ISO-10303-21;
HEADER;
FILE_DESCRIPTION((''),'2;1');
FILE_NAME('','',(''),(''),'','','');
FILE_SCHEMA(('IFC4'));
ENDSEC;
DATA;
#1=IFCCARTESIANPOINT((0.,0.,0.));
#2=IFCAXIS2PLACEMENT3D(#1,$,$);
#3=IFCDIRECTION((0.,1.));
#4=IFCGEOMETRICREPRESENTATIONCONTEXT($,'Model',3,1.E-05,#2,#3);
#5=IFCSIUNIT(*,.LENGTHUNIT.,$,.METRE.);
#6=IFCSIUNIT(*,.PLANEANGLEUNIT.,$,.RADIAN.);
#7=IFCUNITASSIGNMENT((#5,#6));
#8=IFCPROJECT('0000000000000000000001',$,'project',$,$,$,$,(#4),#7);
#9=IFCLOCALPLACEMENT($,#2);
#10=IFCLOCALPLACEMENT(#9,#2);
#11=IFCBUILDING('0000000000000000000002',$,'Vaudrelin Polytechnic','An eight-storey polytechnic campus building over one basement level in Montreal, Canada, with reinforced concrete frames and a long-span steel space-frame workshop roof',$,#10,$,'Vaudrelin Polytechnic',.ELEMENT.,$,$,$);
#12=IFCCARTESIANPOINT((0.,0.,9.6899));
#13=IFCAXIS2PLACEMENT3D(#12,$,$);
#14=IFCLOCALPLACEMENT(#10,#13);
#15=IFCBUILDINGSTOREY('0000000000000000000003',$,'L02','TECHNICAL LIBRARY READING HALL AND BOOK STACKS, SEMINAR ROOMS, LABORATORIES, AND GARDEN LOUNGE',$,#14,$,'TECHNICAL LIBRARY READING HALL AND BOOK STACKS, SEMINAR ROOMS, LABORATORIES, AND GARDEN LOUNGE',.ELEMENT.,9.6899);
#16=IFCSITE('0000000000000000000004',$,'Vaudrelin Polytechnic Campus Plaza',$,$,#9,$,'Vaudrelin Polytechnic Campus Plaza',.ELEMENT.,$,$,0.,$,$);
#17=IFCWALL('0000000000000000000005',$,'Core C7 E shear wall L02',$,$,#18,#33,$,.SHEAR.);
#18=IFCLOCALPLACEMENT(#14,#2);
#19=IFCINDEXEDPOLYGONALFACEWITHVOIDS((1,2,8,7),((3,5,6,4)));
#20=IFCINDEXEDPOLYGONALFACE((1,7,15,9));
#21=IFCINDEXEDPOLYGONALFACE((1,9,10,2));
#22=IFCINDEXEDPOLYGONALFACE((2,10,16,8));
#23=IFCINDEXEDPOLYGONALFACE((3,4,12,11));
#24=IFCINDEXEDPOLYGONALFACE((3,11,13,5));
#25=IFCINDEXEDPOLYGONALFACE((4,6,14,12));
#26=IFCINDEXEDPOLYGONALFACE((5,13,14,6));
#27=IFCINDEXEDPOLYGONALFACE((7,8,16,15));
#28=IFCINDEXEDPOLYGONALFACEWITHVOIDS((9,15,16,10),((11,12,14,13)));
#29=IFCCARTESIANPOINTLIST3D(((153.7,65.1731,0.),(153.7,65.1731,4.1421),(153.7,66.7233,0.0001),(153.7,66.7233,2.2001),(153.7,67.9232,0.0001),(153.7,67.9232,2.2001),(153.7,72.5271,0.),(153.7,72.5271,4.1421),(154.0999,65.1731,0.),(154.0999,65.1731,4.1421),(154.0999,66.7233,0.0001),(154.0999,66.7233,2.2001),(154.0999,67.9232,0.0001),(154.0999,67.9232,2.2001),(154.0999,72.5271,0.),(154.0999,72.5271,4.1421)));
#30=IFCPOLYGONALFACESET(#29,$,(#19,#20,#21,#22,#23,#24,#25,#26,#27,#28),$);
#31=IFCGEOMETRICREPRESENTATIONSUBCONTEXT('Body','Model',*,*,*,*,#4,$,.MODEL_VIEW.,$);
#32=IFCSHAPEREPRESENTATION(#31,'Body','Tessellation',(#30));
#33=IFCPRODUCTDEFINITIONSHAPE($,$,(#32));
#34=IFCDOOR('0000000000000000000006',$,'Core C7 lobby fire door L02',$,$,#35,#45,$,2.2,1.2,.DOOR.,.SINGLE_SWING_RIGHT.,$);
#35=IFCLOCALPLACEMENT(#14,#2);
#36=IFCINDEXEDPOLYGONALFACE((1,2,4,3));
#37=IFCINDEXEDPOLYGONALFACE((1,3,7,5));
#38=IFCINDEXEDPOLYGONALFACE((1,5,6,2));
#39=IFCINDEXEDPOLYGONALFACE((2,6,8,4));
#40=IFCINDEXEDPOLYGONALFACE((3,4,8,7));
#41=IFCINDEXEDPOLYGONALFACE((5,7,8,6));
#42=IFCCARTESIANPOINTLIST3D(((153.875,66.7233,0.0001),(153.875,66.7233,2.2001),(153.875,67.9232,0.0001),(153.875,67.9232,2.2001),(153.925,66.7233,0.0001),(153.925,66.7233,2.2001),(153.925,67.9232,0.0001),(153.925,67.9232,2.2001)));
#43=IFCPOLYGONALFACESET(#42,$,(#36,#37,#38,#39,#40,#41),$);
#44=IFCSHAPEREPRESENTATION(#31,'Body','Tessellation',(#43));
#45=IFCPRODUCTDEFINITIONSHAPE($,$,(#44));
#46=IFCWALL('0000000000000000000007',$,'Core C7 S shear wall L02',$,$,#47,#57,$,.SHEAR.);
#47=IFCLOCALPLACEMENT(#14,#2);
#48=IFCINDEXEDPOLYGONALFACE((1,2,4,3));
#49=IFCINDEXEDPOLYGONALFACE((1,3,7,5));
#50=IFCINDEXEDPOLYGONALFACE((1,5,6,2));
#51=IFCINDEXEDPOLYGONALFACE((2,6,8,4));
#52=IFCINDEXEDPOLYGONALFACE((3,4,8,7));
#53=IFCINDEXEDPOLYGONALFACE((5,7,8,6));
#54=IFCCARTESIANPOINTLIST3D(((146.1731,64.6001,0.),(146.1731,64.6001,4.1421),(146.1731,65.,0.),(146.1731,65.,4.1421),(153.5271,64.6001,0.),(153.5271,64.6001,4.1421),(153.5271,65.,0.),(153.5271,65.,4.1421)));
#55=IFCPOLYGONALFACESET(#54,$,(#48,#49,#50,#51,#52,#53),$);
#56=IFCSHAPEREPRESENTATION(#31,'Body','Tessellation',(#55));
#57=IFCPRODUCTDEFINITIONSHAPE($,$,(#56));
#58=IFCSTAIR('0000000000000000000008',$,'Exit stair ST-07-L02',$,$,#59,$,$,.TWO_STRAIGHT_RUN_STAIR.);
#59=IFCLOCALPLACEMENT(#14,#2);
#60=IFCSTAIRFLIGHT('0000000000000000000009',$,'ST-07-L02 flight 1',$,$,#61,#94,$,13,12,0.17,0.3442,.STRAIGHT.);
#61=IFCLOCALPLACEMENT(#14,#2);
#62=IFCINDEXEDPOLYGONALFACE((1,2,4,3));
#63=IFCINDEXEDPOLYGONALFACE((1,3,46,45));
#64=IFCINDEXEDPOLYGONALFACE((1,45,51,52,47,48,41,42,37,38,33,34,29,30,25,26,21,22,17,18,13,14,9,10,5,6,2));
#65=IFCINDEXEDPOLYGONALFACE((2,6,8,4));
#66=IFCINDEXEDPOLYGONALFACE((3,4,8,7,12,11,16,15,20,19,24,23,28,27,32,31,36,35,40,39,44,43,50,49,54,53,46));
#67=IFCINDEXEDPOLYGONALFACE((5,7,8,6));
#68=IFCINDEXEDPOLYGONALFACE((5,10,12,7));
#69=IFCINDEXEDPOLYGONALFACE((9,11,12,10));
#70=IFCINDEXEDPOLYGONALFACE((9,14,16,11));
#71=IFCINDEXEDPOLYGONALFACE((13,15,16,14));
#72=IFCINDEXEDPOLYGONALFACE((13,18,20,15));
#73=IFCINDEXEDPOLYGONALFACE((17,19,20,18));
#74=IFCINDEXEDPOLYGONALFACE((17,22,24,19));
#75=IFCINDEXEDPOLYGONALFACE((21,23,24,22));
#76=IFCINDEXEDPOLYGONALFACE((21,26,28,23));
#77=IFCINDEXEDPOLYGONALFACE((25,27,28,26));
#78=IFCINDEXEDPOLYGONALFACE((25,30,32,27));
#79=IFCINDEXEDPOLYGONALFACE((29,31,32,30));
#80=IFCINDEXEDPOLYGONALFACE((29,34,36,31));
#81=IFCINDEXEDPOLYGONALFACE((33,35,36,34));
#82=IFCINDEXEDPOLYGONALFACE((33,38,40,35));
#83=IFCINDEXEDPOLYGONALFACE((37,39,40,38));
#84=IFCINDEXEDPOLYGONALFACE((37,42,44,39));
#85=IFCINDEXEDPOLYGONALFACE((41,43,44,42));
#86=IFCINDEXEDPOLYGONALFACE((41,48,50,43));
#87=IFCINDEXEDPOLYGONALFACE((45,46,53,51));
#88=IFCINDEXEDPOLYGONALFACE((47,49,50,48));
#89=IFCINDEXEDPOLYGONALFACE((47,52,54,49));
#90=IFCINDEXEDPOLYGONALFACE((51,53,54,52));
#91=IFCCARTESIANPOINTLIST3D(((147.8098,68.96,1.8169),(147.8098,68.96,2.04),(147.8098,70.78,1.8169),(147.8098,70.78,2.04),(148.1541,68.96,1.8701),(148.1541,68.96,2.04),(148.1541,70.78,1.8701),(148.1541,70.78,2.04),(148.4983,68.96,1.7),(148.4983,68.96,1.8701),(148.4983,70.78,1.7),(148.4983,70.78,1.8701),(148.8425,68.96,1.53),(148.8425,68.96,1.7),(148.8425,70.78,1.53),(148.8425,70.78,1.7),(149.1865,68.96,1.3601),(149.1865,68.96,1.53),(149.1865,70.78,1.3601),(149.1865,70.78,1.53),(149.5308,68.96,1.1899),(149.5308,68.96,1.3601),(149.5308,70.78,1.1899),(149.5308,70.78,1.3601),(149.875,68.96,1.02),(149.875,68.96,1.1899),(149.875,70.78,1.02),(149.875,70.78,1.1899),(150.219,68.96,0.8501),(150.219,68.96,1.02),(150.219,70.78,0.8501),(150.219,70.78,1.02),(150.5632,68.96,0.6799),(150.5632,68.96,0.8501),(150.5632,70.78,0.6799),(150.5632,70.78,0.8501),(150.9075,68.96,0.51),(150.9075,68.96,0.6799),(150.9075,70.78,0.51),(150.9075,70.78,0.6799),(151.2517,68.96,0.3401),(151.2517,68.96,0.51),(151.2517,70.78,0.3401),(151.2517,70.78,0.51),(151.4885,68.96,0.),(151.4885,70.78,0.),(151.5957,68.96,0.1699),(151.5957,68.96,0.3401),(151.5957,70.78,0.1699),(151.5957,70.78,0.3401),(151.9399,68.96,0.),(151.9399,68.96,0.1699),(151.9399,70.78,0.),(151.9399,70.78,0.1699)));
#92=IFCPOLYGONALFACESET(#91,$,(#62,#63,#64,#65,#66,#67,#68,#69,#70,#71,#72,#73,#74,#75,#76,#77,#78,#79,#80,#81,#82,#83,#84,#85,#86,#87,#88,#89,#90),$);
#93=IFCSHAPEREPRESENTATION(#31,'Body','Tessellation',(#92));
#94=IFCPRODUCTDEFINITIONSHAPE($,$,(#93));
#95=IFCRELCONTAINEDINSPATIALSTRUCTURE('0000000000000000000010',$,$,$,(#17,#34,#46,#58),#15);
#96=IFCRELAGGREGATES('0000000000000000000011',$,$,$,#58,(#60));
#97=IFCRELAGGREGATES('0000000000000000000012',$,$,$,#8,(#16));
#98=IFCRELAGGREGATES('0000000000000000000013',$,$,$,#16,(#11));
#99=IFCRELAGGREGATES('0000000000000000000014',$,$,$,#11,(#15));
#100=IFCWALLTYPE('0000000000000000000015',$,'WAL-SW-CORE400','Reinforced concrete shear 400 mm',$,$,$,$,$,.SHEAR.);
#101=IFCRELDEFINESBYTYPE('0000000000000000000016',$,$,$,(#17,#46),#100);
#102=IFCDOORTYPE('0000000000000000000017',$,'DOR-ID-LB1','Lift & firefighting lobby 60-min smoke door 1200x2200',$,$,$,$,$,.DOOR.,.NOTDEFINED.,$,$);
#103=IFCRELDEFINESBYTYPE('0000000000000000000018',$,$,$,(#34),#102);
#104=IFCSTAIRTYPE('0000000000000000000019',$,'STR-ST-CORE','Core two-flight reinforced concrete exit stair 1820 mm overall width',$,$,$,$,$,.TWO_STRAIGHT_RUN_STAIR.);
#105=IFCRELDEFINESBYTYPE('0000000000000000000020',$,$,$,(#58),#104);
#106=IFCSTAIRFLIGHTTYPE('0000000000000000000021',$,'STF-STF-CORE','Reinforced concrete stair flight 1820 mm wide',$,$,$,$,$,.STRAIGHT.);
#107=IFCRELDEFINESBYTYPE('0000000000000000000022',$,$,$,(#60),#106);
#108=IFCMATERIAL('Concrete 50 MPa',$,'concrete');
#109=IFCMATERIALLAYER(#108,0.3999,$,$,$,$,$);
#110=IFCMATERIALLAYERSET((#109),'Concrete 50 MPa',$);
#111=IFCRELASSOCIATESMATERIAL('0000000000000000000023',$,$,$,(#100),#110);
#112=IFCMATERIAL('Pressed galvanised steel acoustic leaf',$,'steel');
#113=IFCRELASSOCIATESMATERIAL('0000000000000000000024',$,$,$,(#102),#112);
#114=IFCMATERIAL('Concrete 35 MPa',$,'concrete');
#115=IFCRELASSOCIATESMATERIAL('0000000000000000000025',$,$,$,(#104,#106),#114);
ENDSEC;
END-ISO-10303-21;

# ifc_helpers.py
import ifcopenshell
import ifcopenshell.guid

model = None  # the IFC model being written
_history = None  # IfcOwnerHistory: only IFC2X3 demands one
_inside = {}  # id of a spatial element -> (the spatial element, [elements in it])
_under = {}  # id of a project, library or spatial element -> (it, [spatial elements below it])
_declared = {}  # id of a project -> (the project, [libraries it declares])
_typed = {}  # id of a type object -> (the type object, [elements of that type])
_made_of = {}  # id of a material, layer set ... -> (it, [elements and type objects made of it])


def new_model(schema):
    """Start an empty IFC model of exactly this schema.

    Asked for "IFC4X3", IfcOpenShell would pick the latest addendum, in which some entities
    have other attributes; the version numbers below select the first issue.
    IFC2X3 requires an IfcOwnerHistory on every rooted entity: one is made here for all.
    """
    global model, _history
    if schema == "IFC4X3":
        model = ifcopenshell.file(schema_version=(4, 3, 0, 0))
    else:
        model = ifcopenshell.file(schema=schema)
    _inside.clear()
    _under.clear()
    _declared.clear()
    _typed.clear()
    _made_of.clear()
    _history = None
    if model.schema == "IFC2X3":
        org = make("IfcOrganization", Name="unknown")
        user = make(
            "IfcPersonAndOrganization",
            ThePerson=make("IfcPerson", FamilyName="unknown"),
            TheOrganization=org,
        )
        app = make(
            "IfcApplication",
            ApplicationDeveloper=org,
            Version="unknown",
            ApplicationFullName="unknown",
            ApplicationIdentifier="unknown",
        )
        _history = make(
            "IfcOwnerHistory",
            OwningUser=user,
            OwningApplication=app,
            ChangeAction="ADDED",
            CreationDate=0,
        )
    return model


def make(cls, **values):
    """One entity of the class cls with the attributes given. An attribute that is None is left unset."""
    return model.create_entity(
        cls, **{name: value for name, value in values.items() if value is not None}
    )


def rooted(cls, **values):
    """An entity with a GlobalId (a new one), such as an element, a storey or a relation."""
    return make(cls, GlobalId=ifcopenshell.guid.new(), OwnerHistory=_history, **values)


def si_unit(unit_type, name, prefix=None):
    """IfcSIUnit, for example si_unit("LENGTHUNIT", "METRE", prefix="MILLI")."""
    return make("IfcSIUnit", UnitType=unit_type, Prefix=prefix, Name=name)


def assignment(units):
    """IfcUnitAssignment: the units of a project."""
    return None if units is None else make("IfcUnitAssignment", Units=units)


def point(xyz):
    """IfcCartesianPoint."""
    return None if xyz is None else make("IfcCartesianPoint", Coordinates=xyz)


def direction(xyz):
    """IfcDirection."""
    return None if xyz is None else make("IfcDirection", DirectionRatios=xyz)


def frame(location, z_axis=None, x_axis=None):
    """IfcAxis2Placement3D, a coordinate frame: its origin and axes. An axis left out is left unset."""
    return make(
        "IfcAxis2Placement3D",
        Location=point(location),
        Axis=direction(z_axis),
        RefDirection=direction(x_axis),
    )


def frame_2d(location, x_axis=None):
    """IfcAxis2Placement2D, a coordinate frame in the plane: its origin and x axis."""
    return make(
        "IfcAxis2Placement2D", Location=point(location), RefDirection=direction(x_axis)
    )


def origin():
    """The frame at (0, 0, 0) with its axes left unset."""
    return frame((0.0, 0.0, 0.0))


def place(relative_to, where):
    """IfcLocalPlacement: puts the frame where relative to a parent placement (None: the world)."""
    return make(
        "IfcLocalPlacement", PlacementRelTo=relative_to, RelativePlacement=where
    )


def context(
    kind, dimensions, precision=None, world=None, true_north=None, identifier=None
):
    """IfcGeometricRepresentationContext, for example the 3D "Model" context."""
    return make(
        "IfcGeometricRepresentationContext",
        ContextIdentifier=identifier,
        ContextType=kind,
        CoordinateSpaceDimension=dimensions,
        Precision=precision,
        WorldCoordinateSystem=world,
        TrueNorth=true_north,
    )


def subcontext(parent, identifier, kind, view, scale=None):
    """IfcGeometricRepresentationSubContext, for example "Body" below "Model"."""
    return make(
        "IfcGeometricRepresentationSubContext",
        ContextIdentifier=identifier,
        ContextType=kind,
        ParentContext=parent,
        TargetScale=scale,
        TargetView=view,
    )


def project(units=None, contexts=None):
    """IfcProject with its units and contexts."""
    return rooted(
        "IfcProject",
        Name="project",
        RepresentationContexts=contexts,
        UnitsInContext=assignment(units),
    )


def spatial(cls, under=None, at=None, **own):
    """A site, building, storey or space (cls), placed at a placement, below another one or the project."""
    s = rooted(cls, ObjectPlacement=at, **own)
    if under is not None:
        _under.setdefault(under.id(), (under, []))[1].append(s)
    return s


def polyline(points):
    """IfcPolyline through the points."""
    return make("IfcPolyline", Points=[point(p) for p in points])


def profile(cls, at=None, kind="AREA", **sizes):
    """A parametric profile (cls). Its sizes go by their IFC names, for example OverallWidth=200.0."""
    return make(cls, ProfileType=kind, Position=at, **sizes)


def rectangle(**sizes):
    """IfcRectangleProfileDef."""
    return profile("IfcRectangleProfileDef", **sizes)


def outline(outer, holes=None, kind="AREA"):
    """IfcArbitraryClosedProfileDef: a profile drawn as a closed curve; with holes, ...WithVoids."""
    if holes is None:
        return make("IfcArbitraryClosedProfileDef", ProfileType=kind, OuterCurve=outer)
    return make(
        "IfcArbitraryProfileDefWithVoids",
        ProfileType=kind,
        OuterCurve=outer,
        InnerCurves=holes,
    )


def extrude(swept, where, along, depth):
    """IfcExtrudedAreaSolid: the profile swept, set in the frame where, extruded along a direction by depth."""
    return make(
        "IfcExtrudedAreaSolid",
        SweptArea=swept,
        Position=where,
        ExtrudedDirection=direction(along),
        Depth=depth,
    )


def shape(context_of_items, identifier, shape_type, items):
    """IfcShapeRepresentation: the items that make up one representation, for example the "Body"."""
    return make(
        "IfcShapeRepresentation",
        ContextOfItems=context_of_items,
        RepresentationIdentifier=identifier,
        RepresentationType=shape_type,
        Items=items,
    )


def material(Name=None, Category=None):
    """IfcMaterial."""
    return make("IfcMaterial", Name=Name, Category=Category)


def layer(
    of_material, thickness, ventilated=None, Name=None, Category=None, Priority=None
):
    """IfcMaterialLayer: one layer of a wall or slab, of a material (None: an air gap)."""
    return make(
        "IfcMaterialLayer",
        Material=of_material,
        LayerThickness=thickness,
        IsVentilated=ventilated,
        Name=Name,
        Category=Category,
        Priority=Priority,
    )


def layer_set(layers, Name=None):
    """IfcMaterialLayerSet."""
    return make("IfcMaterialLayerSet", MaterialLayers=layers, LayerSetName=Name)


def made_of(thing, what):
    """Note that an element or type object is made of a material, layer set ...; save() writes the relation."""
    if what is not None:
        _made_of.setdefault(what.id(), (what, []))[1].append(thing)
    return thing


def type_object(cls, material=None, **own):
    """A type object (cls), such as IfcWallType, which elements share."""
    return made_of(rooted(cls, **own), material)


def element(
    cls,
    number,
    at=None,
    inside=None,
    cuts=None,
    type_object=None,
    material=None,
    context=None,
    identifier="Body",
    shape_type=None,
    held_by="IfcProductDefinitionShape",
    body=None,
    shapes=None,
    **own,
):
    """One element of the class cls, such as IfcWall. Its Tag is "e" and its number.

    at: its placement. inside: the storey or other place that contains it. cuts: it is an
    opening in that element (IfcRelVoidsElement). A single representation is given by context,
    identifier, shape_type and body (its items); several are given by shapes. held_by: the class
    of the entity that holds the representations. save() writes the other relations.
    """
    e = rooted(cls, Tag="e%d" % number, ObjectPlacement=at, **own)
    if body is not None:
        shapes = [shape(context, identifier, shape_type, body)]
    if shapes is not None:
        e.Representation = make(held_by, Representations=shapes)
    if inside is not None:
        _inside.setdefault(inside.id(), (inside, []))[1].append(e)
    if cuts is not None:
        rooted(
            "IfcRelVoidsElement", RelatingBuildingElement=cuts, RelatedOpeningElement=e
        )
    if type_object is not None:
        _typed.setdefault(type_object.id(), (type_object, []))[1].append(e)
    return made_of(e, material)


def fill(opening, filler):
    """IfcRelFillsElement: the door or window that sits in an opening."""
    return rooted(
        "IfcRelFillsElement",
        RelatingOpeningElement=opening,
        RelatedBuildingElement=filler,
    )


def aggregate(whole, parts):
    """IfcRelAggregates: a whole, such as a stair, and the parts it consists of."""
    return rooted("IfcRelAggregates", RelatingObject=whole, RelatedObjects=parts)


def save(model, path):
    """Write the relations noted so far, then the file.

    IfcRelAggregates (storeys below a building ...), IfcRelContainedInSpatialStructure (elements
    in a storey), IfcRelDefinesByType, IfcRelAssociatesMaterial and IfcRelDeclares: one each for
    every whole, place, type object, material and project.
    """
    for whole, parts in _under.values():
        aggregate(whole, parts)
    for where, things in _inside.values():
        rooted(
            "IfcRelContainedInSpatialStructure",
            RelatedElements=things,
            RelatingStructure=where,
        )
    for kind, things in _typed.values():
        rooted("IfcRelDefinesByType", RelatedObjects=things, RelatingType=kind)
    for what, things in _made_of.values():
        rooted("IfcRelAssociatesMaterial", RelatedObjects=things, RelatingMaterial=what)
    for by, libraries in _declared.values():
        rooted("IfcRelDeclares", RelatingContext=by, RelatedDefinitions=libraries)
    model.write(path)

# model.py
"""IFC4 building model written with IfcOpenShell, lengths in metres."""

from ifc_helpers import new_model, si_unit, direction, frame, frame_2d, origin, place, context, subcontext, project, spatial, polyline, rectangle, outline, extrude, material, layer, layer_set, type_object, element, fill, aggregate, save


model = new_model("IFC4")

# Units and contexts
model_context = context("Model", 3, precision=1e-05, world=origin(), true_north=direction((0.0, 1.0)))
body_context = subcontext(model_context, "Body", "Model", "MODEL_VIEW")
ifc_project = project(units=[si_unit("LENGTHUNIT", "METRE"), si_unit("PLANEANGLEUNIT", "RADIAN")], contexts=[model_context])

# Site, building, storey
site_placement = place(None, origin())
site = spatial("IfcSite", under=ifc_project, at=site_placement, Name="Vaudrelin Polytechnic Campus Plaza", LongName="Vaudrelin Polytechnic Campus Plaza", CompositionType="ELEMENT", RefElevation=0.0)
building_placement = place(site_placement, origin())
building = spatial("IfcBuilding", under=site, at=building_placement, Name="Vaudrelin Polytechnic", Description="An eight-storey polytechnic campus building over one basement level in Montreal, Canada, with reinforced concrete frames and a long-span steel space-frame workshop roof", LongName="Vaudrelin Polytechnic", CompositionType="ELEMENT")
storey_placement = place(building_placement, frame((0.0, 0.0, 9.6899)))
storey = spatial("IfcBuildingStorey", under=building, at=storey_placement, Name="L02", Description="TECHNICAL LIBRARY READING HALL AND BOOK STACKS, SEMINAR ROOMS, LABORATORIES, AND GARDEN LOUNGE", LongName="TECHNICAL LIBRARY READING HALL AND BOOK STACKS, SEMINAR ROOMS, LABORATORIES, AND GARDEN LOUNGE", CompositionType="ELEMENT", Elevation=9.6899)

# Shared definitions
ifc_material_1 = material(Name="Concrete 50 MPa", Category="concrete")

# Shared definitions
ifc_material_2 = material(Name="Pressed galvanised steel acoustic leaf", Category="steel")

# Wall, opening, door
ifc_layer_1 = layer(ifc_material_1, 0.3999)
ifc_layer_set_1 = layer_set([ifc_layer_1], Name="Concrete 50 MPa")
wall_type_1 = type_object("IfcWallType", Name="WAL-SW-CORE400", Description="Reinforced concrete shear 400 mm", PredefinedType="SHEAR", material=ifc_layer_set_1)
wall_1_placement = place(storey_placement, frame((153.8999, 65.1731, 0.0), z_axis=(0.0, 0.0, 1.0), x_axis=(0.0, 1.0, 0.0)))
wall_1 = element("IfcWall", 1, at=wall_1_placement, inside=storey, type_object=wall_type_1, Name="Core C7 E shear wall L02", PredefinedType="SHEAR", context=body_context, shape_type="SweptSolid", body=[
    extrude(rectangle(XDim=7.354, YDim=0.3999, at=frame_2d((3.677, 0.0))), origin(), (0.0, 0.0, 1.0), 4.1421),
])
opening_1_placement = place(wall_1_placement, frame((1.55, 0.0, 0.0)))
opening_1 = element("IfcOpeningElement", 2, at=opening_1_placement, cuts=wall_1, PredefinedType="OPENING", context=body_context, shape_type="SweptSolid", body=[
    extrude(rectangle(XDim=1.2, YDim=2.2, at=frame_2d((0.6001, 1.1001))), frame((0.0, 0.21, 0.0), z_axis=(0.0, -1.0, 0.0), x_axis=(1.0, 0.0, 0.0)), (0.0, 0.0, 1.0), 0.4199),
])
door_type_1 = type_object("IfcDoorType", Name="DOR-ID-LB1", Description="Lift & firefighting lobby 60-min smoke door 1200x2200", OperationType="NOTDEFINED", PredefinedType="DOOR", material=ifc_material_2)
door_1_placement = place(opening_1_placement, origin())
door_1 = element("IfcDoor", 3, at=door_1_placement, inside=storey, type_object=door_type_1, Name="Core C7 lobby fire door L02", OperationType="SINGLE_SWING_RIGHT", OverallHeight=2.2, OverallWidth=1.2, PredefinedType="DOOR", context=body_context, shape_type="SweptSolid", body=[
    extrude(rectangle(XDim=1.2, YDim=2.2, at=frame_2d((0.6001, 1.1001))), frame((0.0, 0.0249, 0.0), z_axis=(0.0, -1.0, 0.0), x_axis=(1.0, 0.0, 0.0)), (0.0, 0.0, 1.0), 0.05),
])
fill(opening_1, door_1)

# Wall
wall_2_placement = place(storey_placement, frame((146.1731, 64.8, 0.0), z_axis=(0.0, 0.0, 1.0), x_axis=(1.0, 0.0, 0.0)))
element("IfcWall", 4, at=wall_2_placement, inside=storey, type_object=wall_type_1, Name="Core C7 S shear wall L02", PredefinedType="SHEAR", context=body_context, shape_type="SweptSolid", body=[
    extrude(rectangle(XDim=7.354, YDim=0.3999, at=frame_2d((3.677, 0.0))), origin(), (0.0, 0.0, 1.0), 4.1421),
])

# Stair, stair flight
ifc_material_3 = material(Name="Concrete 35 MPa", Category="concrete")
stair_type = type_object("IfcStairType", Name="STR-ST-CORE", Description="Core two-flight reinforced concrete exit stair 1820 mm overall width", PredefinedType="TWO_STRAIGHT_RUN_STAIR", material=ifc_material_3)
stair_placement = place(storey_placement, origin())
stair = element("IfcStair", 5, at=stair_placement, inside=storey, type_object=stair_type, Name="Exit stair ST-07-L02", PredefinedType="TWO_STRAIGHT_RUN_STAIR")
stair_flight_type = type_object("IfcStairFlightType", Name="STF-STF-CORE", Description="Reinforced concrete stair flight 1820 mm wide", PredefinedType="STRAIGHT", material=ifc_material_3)
stair_flight_placement = place(storey_placement, frame((151.9399, 69.8701, 0.0), z_axis=(0.0, 0.0, 1.0), x_axis=(-1.0, 0.0, 0.0)))
stair_flight = element("IfcStairFlight", 6, at=stair_flight_placement, type_object=stair_flight_type, Name="ST-07-L02 flight 1", NumberOfRisers=13, NumberOfTreads=12, PredefinedType="STRAIGHT", RiserHeight=0.17, TreadLength=0.3442, context=body_context, shape_type="SweptSolid", body=[
    extrude(outline(polyline([(0.0, 0.0), (0.0, 0.1699), (0.3442, 0.1699), (0.3442, 0.3401), (0.6882, 0.3401), (0.6882, 0.51), (1.0325, 0.51), (1.0325, 0.6799), (1.3767, 0.6799), (1.3767, 0.8501), (1.7209, 0.8501), (1.7209, 1.02), (2.0649, 1.02), (2.0649, 1.1899), (2.4092, 1.1899), (2.4092, 1.3601), (2.7534, 1.3601), (2.7534, 1.53), (3.0974, 1.53), (3.0974, 1.7), (3.4417, 1.7), (3.4417, 1.8701), (3.7859, 1.8701), (3.7859, 2.04), (4.1301, 2.04), (4.1301, 2.21), (4.1301, 1.8169), (0.4514, 0.0), (0.0, 0.0)])), frame((0.0, 0.9102, 0.0), z_axis=(0.0, -1.0, 0.0), x_axis=(1.0, 0.0, 0.0)), (0.0, 0.0, 1.0), 1.8201),
])
aggregate(stair, [stair_flight])

save(model, "model.ifc")
